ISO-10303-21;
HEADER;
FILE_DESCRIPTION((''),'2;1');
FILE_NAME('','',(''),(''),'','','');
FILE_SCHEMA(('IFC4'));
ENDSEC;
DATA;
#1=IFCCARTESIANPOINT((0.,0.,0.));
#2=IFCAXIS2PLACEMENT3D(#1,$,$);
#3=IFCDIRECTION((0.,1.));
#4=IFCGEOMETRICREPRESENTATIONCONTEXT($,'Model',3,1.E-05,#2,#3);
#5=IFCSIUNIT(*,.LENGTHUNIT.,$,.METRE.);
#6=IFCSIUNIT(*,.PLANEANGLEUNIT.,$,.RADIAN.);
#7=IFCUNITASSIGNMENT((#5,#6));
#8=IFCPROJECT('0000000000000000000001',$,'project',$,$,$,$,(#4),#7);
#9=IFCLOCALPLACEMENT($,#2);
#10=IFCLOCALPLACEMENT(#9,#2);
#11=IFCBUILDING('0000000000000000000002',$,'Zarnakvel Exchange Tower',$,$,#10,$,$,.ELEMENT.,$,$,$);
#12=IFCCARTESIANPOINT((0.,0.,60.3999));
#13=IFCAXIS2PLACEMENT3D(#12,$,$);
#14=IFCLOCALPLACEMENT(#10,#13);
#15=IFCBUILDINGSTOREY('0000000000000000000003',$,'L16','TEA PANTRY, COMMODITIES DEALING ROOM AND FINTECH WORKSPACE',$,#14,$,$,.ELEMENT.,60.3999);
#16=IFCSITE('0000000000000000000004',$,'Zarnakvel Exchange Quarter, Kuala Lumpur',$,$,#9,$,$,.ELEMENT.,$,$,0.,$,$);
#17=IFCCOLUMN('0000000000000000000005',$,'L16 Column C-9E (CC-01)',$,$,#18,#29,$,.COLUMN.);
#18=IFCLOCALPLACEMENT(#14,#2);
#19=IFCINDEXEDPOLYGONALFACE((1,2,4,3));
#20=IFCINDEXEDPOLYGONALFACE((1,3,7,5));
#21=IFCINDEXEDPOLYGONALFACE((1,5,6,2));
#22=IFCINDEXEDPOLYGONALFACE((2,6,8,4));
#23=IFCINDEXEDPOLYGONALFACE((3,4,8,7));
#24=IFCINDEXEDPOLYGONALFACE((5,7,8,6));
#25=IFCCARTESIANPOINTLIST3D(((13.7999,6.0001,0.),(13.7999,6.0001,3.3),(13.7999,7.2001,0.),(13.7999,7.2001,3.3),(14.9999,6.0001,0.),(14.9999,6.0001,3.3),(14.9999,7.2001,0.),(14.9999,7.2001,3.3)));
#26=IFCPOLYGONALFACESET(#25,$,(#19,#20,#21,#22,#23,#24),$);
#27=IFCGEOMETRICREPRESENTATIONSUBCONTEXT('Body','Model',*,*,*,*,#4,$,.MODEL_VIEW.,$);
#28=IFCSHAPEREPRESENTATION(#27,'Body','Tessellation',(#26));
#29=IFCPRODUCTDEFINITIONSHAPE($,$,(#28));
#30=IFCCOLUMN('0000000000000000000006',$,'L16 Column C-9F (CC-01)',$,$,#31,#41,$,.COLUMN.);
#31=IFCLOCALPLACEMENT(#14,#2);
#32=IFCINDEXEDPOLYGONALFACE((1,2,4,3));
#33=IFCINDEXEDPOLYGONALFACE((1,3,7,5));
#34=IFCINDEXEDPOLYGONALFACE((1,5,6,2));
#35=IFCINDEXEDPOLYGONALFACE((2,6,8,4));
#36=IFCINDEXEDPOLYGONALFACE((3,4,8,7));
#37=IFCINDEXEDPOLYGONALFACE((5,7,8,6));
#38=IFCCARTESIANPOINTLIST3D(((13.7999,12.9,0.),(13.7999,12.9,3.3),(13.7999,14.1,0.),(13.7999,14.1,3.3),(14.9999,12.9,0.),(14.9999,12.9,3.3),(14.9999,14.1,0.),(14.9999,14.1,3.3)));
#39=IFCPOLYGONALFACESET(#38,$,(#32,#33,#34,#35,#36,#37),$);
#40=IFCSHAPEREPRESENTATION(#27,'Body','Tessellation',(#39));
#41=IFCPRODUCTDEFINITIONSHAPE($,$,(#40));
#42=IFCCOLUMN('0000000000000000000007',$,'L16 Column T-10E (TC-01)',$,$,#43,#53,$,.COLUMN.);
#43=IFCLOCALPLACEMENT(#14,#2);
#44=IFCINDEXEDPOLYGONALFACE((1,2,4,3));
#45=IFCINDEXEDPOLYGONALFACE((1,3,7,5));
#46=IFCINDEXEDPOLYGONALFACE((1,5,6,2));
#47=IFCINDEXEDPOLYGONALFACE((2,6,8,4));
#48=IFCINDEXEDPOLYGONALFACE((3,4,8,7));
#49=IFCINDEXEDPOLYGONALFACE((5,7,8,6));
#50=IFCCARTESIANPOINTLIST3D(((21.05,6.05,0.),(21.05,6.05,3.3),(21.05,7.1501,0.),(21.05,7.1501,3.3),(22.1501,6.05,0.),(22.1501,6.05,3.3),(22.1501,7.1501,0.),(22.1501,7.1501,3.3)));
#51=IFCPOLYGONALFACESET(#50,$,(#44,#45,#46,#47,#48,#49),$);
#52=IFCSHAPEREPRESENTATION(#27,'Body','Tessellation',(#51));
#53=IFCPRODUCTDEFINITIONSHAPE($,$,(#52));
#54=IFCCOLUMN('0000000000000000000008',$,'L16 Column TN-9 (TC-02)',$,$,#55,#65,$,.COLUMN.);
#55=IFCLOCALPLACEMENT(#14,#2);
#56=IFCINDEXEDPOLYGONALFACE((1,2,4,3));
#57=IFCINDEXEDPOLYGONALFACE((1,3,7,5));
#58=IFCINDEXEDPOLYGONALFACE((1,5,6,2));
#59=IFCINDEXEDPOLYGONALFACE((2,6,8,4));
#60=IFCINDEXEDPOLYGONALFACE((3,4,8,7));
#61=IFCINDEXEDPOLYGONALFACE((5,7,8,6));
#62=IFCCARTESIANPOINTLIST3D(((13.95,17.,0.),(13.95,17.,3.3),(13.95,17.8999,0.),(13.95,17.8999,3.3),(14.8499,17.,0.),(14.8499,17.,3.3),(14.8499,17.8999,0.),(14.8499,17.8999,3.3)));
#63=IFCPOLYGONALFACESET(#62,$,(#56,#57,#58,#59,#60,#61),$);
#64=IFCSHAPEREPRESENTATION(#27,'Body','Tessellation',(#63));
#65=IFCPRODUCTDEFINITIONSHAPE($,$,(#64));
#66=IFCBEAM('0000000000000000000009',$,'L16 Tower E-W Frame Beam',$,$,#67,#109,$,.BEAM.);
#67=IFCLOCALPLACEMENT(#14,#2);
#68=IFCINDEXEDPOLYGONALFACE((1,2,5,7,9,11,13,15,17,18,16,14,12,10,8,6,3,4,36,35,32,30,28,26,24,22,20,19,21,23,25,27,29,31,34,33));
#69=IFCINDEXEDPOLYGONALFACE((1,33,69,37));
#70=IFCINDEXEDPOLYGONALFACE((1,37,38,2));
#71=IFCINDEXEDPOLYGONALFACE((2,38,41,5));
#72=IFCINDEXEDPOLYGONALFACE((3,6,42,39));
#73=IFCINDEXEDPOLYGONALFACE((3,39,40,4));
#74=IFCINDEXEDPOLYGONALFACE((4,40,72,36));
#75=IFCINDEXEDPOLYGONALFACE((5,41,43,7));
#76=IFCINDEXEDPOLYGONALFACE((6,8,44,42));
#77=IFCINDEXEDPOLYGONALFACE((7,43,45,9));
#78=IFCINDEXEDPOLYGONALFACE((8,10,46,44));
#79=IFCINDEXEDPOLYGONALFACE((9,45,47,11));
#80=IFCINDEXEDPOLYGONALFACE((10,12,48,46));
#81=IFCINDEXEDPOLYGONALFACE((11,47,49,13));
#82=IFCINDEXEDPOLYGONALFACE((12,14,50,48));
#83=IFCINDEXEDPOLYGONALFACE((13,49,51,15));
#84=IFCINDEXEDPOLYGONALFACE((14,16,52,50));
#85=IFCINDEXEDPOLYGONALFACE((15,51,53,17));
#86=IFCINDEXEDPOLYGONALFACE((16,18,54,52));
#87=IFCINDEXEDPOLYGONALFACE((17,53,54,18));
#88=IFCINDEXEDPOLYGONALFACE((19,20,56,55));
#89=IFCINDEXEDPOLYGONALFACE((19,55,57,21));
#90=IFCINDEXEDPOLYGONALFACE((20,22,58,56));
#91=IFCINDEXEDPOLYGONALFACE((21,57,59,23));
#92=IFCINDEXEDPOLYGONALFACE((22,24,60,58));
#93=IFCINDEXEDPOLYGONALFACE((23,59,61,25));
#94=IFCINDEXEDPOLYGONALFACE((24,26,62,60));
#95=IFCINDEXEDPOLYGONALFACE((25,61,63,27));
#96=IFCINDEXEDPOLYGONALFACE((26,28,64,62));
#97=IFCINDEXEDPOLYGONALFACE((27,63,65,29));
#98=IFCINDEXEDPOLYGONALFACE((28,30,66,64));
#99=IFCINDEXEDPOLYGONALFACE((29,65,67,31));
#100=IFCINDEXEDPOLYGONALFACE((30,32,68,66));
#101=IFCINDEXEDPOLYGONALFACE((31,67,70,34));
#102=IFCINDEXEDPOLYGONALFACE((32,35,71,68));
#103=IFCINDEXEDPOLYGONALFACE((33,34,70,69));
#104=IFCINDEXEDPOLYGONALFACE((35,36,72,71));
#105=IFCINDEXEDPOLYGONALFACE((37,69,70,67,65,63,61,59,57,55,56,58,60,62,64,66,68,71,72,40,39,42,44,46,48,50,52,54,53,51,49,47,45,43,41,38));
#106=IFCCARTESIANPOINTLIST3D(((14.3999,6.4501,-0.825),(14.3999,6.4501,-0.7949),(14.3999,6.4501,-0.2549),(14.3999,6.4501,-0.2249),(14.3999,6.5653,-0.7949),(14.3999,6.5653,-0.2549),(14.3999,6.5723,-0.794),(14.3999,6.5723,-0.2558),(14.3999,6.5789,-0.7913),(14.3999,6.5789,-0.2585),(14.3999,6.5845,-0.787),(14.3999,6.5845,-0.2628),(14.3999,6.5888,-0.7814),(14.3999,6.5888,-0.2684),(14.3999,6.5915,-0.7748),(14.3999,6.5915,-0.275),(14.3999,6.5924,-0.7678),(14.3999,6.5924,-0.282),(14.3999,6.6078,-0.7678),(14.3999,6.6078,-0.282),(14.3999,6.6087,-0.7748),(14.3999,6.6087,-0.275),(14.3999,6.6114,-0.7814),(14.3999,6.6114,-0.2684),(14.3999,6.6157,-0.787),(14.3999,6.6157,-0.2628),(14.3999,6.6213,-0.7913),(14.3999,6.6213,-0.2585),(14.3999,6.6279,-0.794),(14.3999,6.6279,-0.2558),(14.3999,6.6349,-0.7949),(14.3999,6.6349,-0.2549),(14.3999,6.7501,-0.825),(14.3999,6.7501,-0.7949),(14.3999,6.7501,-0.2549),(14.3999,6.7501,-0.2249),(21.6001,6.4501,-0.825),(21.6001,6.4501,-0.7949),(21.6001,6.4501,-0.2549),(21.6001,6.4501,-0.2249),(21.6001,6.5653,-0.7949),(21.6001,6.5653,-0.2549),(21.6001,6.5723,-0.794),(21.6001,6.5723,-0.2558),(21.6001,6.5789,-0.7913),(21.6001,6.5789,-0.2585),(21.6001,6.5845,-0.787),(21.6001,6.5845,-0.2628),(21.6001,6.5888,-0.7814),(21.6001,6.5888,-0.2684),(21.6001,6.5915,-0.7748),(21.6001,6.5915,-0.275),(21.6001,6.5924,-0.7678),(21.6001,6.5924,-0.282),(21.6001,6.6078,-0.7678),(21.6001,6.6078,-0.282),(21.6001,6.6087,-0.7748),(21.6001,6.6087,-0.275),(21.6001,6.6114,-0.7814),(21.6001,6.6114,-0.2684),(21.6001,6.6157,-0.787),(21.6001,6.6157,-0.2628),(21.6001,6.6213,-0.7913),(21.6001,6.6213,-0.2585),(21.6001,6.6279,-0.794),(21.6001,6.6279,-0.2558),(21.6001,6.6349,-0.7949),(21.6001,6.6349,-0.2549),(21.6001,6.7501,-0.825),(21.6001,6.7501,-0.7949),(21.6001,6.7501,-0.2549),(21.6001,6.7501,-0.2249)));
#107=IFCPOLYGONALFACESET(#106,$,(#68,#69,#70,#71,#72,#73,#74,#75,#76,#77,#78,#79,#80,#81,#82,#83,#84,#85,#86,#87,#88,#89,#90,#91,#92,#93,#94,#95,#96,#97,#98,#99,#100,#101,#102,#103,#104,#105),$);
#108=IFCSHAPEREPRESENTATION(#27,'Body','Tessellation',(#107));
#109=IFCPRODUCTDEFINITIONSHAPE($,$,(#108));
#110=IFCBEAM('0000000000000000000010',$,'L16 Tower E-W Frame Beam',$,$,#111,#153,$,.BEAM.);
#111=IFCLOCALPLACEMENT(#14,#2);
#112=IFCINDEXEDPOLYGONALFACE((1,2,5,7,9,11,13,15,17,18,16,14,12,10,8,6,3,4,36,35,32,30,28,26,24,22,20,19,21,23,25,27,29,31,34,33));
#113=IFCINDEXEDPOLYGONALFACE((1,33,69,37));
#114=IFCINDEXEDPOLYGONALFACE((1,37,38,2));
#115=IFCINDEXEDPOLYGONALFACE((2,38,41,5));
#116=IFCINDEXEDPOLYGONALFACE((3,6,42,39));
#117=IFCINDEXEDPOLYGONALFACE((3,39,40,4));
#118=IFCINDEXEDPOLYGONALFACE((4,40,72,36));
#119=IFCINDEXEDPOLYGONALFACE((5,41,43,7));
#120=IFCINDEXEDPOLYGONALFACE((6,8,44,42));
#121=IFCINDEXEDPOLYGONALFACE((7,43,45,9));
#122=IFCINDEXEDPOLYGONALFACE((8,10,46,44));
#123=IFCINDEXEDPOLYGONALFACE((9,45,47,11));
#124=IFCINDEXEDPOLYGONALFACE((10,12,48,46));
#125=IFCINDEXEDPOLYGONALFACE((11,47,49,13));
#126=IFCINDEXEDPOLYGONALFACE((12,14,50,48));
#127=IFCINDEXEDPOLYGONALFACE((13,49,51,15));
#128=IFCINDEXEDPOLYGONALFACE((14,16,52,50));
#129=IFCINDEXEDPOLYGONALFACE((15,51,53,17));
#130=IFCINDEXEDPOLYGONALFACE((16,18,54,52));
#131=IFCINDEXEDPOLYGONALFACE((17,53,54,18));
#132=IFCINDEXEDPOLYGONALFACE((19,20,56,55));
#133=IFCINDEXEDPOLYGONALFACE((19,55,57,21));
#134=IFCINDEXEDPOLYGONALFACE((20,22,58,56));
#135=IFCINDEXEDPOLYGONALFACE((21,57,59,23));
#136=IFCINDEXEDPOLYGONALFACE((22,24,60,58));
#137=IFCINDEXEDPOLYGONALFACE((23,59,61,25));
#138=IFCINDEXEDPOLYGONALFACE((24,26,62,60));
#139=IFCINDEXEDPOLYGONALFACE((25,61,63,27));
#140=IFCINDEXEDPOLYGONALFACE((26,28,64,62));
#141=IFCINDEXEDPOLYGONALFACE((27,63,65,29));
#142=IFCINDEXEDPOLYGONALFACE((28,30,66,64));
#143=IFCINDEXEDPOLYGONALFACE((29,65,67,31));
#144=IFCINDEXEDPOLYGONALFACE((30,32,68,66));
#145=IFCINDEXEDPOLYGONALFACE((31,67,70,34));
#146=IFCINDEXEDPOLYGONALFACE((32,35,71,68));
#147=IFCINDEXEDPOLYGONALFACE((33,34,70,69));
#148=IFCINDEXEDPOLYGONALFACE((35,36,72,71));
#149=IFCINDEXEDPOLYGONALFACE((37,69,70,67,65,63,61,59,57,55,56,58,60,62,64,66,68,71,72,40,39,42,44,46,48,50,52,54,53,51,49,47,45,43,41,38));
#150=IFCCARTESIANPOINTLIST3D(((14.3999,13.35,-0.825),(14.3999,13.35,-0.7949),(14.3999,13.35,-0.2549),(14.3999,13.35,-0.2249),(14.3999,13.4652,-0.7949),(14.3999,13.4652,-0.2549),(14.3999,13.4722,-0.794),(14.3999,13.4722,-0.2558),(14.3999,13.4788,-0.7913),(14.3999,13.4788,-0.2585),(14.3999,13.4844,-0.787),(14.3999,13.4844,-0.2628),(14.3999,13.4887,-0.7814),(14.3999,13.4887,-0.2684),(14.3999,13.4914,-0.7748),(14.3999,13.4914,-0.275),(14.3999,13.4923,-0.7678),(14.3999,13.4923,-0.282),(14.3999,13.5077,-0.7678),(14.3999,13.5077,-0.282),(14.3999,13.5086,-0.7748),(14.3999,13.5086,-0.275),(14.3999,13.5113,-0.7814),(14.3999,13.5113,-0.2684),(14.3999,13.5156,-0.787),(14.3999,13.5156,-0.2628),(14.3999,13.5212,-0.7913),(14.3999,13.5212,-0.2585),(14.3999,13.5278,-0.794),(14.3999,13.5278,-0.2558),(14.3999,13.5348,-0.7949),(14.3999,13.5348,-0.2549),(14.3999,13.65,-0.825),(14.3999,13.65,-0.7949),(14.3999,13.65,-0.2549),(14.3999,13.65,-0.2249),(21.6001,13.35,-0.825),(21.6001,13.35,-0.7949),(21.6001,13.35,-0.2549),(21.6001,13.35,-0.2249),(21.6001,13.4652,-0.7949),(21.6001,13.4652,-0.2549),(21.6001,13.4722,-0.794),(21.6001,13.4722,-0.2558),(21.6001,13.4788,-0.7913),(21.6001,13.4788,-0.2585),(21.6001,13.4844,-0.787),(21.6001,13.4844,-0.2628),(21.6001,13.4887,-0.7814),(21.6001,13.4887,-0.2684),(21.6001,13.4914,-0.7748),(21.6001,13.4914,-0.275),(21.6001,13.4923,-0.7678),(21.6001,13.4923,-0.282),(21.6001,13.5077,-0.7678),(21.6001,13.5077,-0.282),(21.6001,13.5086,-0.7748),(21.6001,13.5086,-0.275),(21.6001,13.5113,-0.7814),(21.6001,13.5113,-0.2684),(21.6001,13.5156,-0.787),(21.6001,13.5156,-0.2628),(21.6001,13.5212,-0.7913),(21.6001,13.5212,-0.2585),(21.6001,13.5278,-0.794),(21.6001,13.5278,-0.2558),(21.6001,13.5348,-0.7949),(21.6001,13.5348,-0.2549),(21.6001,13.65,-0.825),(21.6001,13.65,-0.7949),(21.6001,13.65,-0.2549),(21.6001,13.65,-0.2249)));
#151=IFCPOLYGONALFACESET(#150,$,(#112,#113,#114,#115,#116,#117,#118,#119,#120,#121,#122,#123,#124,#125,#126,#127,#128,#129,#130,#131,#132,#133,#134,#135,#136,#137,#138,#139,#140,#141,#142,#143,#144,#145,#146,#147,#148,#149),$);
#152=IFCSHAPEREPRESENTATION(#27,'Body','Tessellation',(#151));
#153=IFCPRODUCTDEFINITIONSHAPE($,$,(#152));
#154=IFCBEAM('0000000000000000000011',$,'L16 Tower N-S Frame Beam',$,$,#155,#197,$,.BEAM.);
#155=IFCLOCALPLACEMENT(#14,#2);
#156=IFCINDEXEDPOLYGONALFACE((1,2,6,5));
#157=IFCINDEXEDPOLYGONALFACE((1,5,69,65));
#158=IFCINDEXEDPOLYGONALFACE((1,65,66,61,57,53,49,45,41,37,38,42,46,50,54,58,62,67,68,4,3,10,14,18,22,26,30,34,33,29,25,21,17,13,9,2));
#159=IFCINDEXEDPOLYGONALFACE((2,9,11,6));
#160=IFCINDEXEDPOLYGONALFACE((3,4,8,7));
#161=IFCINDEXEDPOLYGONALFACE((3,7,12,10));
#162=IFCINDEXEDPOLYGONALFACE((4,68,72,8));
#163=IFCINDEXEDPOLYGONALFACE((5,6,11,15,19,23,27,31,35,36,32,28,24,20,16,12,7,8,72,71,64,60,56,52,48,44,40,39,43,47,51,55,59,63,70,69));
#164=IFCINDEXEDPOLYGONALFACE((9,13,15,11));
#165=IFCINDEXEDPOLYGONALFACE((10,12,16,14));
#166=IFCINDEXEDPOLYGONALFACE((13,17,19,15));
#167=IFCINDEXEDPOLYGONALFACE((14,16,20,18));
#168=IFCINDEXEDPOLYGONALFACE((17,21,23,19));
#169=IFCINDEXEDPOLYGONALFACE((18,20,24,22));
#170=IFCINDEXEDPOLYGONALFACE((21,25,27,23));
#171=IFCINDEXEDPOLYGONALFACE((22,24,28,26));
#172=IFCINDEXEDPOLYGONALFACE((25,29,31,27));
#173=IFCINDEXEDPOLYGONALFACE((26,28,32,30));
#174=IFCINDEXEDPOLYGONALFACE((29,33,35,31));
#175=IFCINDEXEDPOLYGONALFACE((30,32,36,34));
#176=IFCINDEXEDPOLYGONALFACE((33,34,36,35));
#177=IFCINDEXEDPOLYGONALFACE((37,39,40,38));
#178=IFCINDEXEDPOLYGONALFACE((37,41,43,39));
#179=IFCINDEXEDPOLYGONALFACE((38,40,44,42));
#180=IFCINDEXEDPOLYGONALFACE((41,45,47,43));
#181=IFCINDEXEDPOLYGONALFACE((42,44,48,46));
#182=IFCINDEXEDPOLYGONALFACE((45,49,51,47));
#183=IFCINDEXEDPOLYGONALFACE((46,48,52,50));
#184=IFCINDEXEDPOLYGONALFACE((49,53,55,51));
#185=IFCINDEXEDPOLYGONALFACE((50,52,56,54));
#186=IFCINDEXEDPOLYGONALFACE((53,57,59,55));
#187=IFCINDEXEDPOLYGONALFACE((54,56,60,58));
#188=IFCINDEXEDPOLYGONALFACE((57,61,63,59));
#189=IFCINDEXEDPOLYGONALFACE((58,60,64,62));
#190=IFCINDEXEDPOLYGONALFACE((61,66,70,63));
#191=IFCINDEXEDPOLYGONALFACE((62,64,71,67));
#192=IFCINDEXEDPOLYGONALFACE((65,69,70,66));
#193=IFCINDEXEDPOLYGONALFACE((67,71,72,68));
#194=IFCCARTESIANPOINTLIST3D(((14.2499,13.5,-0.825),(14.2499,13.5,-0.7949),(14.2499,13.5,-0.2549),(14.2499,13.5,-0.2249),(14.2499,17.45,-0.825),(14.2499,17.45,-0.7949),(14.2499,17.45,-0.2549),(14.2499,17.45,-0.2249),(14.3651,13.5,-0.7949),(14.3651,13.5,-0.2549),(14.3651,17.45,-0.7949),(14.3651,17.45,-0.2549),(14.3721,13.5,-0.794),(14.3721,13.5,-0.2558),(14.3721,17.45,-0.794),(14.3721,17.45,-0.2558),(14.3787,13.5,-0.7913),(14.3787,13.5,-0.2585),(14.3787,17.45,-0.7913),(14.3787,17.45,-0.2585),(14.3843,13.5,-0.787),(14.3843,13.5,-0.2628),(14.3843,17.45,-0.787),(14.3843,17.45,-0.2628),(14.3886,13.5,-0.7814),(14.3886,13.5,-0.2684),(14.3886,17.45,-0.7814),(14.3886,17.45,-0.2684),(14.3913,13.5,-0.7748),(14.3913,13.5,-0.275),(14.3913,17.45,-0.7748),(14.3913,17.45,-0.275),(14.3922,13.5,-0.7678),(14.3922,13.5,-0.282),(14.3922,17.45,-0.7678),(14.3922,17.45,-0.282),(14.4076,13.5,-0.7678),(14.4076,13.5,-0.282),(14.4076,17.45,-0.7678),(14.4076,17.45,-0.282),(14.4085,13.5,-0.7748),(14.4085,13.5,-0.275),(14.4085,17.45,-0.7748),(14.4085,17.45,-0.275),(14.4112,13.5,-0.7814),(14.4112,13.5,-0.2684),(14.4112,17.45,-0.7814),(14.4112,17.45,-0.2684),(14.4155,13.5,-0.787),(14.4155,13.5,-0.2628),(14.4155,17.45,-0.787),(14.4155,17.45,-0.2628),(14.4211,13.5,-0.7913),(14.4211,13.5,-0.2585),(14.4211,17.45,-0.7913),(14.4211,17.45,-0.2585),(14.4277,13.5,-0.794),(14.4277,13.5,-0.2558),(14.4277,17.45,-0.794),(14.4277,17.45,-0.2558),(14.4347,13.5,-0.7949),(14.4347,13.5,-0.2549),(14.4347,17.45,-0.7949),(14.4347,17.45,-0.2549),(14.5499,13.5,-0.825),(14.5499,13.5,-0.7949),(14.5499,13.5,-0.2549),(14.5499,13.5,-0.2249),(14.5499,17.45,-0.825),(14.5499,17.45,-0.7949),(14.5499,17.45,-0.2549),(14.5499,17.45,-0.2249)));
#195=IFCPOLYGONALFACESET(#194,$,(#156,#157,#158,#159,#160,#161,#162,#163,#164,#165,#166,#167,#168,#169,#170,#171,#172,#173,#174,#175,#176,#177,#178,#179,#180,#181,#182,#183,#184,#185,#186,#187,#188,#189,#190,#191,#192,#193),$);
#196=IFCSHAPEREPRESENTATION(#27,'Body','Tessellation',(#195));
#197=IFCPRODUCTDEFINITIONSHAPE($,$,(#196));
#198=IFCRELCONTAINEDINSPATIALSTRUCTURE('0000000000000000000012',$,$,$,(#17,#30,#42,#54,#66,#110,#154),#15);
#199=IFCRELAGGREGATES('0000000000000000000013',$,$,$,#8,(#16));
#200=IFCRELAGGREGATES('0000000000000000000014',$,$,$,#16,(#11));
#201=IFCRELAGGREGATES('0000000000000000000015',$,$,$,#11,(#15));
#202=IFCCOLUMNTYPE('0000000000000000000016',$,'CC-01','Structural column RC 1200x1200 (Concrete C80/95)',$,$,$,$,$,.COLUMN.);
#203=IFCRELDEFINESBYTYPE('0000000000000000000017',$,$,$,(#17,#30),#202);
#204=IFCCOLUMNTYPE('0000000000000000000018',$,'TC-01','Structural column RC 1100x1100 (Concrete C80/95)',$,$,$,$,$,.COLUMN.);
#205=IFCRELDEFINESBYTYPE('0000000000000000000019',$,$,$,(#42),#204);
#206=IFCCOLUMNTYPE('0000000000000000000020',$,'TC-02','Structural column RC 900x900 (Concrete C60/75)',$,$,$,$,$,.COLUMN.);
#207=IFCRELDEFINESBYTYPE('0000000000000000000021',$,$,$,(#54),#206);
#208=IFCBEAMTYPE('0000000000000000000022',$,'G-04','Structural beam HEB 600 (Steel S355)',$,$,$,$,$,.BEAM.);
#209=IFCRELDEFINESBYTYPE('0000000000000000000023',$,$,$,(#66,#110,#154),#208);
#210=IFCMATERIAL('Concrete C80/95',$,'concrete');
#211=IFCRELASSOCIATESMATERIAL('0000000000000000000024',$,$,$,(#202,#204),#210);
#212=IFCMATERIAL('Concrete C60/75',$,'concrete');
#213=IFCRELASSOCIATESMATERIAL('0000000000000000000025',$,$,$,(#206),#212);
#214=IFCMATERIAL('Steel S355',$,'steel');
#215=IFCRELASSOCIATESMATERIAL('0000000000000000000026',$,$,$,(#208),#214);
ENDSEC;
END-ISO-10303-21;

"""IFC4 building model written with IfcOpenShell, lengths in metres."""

from ifc_helpers import new_model, si_unit, direction, frame, origin, origin_2d, place, context, subcontext, project, spatial, rectangle, i_section, extrude, material, material_profile, profile_set, type_object, element, save


model = new_model("IFC4")

# Units and contexts
model_context = context("Model", 3, precision=1e-05, world=origin(), true_north=direction((0.0, 1.0)))
body_context = subcontext(model_context, "Body", "Model", "MODEL_VIEW")
ifc_project = project(units=[si_unit("LENGTHUNIT", "METRE"), si_unit("PLANEANGLEUNIT", "RADIAN")], contexts=[model_context])

# Site, building, storey
site_placement = place(None, origin())
site = spatial("IfcSite", under=ifc_project, at=site_placement, Name="Zarnakvel Exchange Quarter, Kuala Lumpur", CompositionType="ELEMENT", RefElevation=0.0)
building_placement = place(site_placement, origin())
building = spatial("IfcBuilding", under=site, at=building_placement, Name="Zarnakvel Exchange Tower", CompositionType="ELEMENT")
storey_placement = place(building_placement, frame((0.0, 0.0, 60.3999)))
storey = spatial("IfcBuildingStorey", under=building, at=storey_placement, Name="L16", Description="TEA PANTRY, COMMODITIES DEALING ROOM AND FINTECH WORKSPACE", CompositionType="ELEMENT", Elevation=60.3999)

# Columns
ifc_material_1 = material(Name="Concrete C80/95", Category="concrete")
ifc_material_profile_1 = material_profile(ifc_material_1, rectangle(XDim=1.2, YDim=1.2, at=origin_2d()))
ifc_profile_set_1 = profile_set([ifc_material_profile_1], Name="Concrete C80/95")
column_type_1 = type_object("IfcColumnType", Name="CC-01", Description="Structural column RC 1200x1200 (Concrete C80/95)", PredefinedType="COLUMN", material=ifc_profile_set_1)
for number, where, z_axis, x_axis, name in (
    (1, (14.3999, 6.6001, 0.0), (0.0, 0.0, 1.0), (1.0, 0.0, 0.0), "L16 Column C-9E (CC-01)"),
    (2, (14.3999, 13.5, 0.0), (0.0, 0.0, 1.0), (1.0, 0.0, 0.0), "L16 Column C-9F (CC-01)"),
):
    element("IfcColumn", number, at=place(storey_placement, frame(where, z_axis=z_axis, x_axis=x_axis)), inside=storey, type_object=column_type_1, Name=name, PredefinedType="COLUMN", context=body_context, shape_type="SweptSolid", body=[
        extrude(rectangle(XDim=1.2, YDim=1.2, at=origin_2d()), origin(), (0.0, 0.0, 1.0), 3.3),
    ])
ifc_material_profile_2 = material_profile(ifc_material_1, rectangle(XDim=1.1001, YDim=1.1001, at=origin_2d()))
ifc_profile_set_2 = profile_set([ifc_material_profile_2], Name="Concrete C80/95")
column_type_2 = type_object("IfcColumnType", Name="TC-01", Description="Structural column RC 1100x1100 (Concrete C80/95)", PredefinedType="COLUMN", material=ifc_profile_set_2)
column_1_placement = place(storey_placement, frame((21.6001, 6.6001, 0.0), z_axis=(0.0, 0.0, 1.0), x_axis=(1.0, 0.0, 0.0)))
element("IfcColumn", 3, at=column_1_placement, inside=storey, type_object=column_type_2, Name="L16 Column T-10E (TC-01)", PredefinedType="COLUMN", context=body_context, shape_type="SweptSolid", body=[
    extrude(rectangle(XDim=1.1001, YDim=1.1001, at=origin_2d()), origin(), (0.0, 0.0, 1.0), 3.3),
])
ifc_material_2 = material(Name="Concrete C60/75", Category="concrete")
ifc_material_profile_3 = material_profile(ifc_material_2, rectangle(XDim=0.8999, YDim=0.8999, at=origin_2d()))
ifc_profile_set_3 = profile_set([ifc_material_profile_3], Name="Concrete C60/75")
column_type_3 = type_object("IfcColumnType", Name="TC-02", Description="Structural column RC 900x900 (Concrete C60/75)", PredefinedType="COLUMN", material=ifc_profile_set_3)
column_2_placement = place(storey_placement, frame((14.3999, 17.45, 0.0), z_axis=(0.0, 0.0, 1.0), x_axis=(1.0, 0.0, 0.0)))
element("IfcColumn", 4, at=column_2_placement, inside=storey, type_object=column_type_3, Name="L16 Column TN-9 (TC-02)", PredefinedType="COLUMN", context=body_context, shape_type="SweptSolid", body=[
    extrude(rectangle(XDim=0.8999, YDim=0.8999, at=origin_2d()), origin(), (0.0, 0.0, 1.0), 3.3),
])

# Beams
ifc_material_3 = material(Name="Steel S355", Category="steel")
ifc_material_profile_4 = material_profile(ifc_material_3, i_section(OverallWidth=0.3, OverallDepth=0.6001, WebThickness=0.0154, FlangeThickness=0.03, FilletRadius=0.0271, at=origin_2d()))
ifc_profile_set_4 = profile_set([ifc_material_profile_4], Name="Steel S355")
beam_type_1 = type_object("IfcBeamType", Name="G-04", Description="Structural beam HEB 600 (Steel S355)", PredefinedType="BEAM", material=ifc_profile_set_4)
for number, where, z_axis, x_axis, name in (
    (5, (14.3999, 6.6001, -0.5249), (1.0, 0.0, 0.0), (0.0, 1.0, 0.0), "L16 Tower E-W Frame Beam"),
    (6, (14.3999, 13.5, -0.5249), (1.0, 0.0, 0.0), (0.0, 1.0, 0.0), "L16 Tower E-W Frame Beam"),
):
    element("IfcBeam", number, at=place(storey_placement, frame(where, z_axis=z_axis, x_axis=x_axis)), inside=storey, type_object=beam_type_1, Name=name, PredefinedType="BEAM", context=body_context, shape_type="SweptSolid", body=[
        extrude(i_section(OverallWidth=0.3, OverallDepth=0.6001, WebThickness=0.0154, FlangeThickness=0.03, FilletRadius=0.0271, at=origin_2d()), origin(), (0.0, 0.0, 1.0), 7.2002),
    ])
beam_1_placement = place(storey_placement, frame((14.3999, 13.5, -0.5249), z_axis=(0.0, 1.0, 0.0), x_axis=(-1.0, 0.0, 0.0)))
element("IfcBeam", 7, at=beam_1_placement, inside=storey, type_object=beam_type_1, Name="L16 Tower N-S Frame Beam", PredefinedType="BEAM", context=body_context, shape_type="SweptSolid", body=[
    extrude(i_section(OverallWidth=0.3, OverallDepth=0.6001, WebThickness=0.0154, FlangeThickness=0.03, FilletRadius=0.0271, at=origin_2d()), origin(), (0.0, 0.0, 1.0), 3.95),
])

save(model, "model.ifc")
